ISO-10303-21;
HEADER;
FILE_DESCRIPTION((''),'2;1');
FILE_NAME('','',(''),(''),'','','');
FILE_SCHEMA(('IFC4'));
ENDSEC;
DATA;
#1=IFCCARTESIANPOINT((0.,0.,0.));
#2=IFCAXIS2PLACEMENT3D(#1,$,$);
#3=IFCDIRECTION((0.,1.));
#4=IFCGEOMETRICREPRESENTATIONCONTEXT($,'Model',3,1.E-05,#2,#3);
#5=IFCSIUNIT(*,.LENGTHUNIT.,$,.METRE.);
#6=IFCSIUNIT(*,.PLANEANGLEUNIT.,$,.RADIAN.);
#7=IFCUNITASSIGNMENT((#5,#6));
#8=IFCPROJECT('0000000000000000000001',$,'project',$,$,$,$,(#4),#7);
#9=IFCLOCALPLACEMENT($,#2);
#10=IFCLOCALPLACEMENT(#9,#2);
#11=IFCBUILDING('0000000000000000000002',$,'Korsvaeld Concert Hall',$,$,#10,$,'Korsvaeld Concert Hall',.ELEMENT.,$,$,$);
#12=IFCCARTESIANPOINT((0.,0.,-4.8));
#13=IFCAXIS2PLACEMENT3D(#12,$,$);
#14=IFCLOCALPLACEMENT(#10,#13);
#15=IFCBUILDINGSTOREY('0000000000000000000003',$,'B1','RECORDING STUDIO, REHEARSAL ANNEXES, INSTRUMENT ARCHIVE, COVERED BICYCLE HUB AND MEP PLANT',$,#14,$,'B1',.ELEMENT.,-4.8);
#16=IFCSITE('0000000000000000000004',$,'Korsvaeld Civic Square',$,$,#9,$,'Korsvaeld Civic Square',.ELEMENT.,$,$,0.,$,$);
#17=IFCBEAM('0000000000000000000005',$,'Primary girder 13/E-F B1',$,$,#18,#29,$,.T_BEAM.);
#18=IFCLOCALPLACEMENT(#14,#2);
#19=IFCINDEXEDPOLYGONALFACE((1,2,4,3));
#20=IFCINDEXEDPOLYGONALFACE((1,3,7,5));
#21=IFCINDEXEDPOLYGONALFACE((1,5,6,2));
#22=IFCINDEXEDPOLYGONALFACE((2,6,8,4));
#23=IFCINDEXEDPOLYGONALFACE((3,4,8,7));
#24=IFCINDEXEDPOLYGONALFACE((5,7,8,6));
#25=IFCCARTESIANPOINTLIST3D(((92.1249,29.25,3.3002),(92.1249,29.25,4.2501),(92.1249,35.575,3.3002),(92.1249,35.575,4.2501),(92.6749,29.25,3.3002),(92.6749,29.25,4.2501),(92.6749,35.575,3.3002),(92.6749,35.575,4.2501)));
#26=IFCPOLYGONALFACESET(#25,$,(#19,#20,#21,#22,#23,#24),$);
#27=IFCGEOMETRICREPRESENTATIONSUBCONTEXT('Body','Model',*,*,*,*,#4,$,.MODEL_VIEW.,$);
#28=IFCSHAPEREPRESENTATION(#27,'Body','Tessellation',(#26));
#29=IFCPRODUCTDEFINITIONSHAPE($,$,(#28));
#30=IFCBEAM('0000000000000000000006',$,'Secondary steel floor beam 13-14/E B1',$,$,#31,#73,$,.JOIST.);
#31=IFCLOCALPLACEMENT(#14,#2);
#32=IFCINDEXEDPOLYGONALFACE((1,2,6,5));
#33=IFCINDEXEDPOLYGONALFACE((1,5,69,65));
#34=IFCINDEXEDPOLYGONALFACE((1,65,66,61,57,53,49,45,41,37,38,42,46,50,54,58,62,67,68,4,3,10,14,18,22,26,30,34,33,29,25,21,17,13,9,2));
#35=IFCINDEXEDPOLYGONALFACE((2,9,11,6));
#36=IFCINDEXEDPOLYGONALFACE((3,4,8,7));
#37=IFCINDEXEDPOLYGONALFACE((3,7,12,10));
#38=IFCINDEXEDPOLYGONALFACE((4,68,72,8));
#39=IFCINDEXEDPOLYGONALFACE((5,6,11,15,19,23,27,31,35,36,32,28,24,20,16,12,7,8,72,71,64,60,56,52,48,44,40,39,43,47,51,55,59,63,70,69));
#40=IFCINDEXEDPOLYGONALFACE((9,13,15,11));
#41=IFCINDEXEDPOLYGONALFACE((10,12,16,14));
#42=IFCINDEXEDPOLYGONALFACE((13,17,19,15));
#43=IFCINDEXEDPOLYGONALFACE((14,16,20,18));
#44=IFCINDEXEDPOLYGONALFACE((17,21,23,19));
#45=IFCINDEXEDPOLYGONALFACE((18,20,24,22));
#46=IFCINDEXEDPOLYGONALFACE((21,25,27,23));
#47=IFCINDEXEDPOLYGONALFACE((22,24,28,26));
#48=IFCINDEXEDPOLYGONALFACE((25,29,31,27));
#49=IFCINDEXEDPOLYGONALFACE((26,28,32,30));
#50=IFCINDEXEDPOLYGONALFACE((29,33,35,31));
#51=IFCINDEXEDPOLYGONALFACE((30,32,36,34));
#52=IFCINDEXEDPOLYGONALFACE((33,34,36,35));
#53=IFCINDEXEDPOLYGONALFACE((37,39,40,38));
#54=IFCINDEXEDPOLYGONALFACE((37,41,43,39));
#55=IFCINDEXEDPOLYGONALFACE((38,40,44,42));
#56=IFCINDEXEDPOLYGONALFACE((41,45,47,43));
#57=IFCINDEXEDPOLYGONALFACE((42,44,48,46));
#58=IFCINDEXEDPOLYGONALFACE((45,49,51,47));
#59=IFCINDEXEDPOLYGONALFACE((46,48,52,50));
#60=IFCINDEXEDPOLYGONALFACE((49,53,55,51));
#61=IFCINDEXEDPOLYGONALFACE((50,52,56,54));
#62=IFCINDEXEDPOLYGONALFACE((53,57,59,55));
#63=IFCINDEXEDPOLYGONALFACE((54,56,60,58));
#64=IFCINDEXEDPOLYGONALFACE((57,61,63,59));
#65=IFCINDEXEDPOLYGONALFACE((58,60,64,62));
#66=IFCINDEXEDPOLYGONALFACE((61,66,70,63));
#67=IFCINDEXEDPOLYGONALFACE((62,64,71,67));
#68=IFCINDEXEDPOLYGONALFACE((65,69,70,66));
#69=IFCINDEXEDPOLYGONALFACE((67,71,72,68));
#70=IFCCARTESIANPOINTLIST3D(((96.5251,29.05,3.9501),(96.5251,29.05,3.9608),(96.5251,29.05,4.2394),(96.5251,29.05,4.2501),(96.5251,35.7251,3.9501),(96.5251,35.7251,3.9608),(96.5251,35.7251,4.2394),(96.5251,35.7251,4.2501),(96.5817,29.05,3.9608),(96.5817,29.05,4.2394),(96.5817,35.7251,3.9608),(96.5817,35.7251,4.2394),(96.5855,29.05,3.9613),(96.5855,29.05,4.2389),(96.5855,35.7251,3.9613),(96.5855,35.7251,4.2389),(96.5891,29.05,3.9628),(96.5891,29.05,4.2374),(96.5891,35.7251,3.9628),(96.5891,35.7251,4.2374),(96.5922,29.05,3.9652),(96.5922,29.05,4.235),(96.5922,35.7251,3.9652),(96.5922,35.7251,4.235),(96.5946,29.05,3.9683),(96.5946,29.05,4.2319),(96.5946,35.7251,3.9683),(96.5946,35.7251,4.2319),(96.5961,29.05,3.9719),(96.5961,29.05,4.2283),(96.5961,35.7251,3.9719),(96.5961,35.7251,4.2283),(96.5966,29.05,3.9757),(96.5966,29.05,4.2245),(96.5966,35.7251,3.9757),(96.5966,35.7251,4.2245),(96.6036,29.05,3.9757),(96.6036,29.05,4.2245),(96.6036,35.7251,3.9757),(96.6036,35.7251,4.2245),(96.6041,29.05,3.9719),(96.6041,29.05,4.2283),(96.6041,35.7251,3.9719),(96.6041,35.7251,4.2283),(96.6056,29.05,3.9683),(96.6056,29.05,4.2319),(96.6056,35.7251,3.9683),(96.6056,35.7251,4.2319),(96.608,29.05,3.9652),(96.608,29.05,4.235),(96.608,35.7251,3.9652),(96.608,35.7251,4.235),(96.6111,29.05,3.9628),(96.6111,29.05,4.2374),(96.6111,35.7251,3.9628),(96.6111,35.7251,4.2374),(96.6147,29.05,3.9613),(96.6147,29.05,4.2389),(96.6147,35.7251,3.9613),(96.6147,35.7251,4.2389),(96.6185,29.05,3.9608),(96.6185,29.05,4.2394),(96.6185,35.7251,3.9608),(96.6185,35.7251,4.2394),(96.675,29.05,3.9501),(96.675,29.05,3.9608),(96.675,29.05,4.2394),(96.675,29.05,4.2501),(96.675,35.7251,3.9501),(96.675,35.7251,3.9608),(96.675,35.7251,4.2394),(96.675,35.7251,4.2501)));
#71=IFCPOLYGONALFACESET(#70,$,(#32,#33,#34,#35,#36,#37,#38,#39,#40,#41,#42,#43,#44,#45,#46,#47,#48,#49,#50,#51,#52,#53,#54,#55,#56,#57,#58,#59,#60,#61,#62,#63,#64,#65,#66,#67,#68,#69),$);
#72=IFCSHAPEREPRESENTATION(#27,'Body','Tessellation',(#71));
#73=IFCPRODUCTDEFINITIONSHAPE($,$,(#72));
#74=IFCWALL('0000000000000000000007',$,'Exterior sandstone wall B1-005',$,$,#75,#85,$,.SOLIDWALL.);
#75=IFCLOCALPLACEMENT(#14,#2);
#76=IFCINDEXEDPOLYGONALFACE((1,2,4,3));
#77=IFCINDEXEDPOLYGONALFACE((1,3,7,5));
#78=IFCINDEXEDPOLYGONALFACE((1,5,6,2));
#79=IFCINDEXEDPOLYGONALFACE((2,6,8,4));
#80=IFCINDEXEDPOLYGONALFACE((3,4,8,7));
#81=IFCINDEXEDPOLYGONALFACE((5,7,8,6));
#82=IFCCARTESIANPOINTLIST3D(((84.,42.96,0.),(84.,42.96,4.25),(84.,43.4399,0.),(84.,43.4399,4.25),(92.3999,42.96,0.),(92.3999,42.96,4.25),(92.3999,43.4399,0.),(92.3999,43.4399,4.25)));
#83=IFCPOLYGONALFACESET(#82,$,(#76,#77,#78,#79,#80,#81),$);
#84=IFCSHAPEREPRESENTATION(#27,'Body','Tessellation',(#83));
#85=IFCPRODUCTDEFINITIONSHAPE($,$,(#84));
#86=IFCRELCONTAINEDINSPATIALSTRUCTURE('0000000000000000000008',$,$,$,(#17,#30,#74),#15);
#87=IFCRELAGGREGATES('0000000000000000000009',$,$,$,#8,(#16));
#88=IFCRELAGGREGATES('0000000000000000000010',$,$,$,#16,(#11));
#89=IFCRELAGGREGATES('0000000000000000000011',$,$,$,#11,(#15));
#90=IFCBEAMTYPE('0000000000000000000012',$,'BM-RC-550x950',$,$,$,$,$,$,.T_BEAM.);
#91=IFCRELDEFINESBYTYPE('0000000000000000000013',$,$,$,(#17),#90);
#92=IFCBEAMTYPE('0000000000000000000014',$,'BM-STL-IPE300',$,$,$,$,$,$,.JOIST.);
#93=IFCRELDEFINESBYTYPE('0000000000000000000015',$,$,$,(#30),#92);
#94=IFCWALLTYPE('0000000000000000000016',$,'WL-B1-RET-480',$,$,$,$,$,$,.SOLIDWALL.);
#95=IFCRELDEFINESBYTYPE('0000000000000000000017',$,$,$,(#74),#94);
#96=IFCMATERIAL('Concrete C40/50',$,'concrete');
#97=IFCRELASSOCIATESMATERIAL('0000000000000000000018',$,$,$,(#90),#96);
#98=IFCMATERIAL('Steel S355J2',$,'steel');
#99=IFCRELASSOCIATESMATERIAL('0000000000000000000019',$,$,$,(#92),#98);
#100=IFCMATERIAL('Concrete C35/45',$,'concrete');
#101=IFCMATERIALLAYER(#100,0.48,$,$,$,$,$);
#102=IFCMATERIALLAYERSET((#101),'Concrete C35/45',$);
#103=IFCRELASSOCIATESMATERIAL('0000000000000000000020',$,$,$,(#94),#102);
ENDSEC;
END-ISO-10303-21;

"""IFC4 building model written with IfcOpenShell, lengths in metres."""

from ifc_helpers import new_model, si_unit, direction, frame, frame_2d, origin, origin_2d, place, context, subcontext, project, spatial, rectangle, i_section, extrude, material, layer, layer_set, material_profile, profile_set, type_object, element, save


model = new_model("IFC4")

# Units and contexts
model_context = context("Model", 3, precision=1e-05, world=origin(), true_north=direction((0.0, 1.0)))
body_context = subcontext(model_context, "Body", "Model", "MODEL_VIEW")
ifc_project = project(units=[si_unit("LENGTHUNIT", "METRE"), si_unit("PLANEANGLEUNIT", "RADIAN")], contexts=[model_context])

# Site, building, storey
site_placement = place(None, origin())
site = spatial("IfcSite", under=ifc_project, at=site_placement, Name="Korsvaeld Civic Square", LongName="Korsvaeld Civic Square", CompositionType="ELEMENT", RefElevation=0.0)
building_placement = place(site_placement, origin())
building = spatial("IfcBuilding", under=site, at=building_placement, Name="Korsvaeld Concert Hall", LongName="Korsvaeld Concert Hall", CompositionType="ELEMENT")
storey_placement = place(building_placement, frame((0.0, 0.0, -4.8)))
storey = spatial("IfcBuildingStorey", under=building, at=storey_placement, Name="B1", Description="RECORDING STUDIO, REHEARSAL ANNEXES, INSTRUMENT ARCHIVE, COVERED BICYCLE HUB AND MEP PLANT", LongName="B1", CompositionType="ELEMENT", Elevation=-4.8)

# Shared definitions
ifc_material_1 = material(Name="Concrete C35/45", Category="concrete")

# Shared definitions
ifc_material_2 = material(Name="Concrete C40/50", Category="concrete")

# Beams
ifc_material_profile_1 = material_profile(ifc_material_2, rectangle(XDim=0.55, YDim=0.95, at=origin_2d()), Name="RC 550x950")
ifc_profile_set_1 = profile_set([ifc_material_profile_1], Name="Concrete C40/50")
beam_type_1 = type_object("IfcBeamType", Name="BM-RC-550x950", PredefinedType="T_BEAM", material=ifc_profile_set_1)
beam_1_placement = place(storey_placement, frame((92.3999, 29.25, 3.7751), z_axis=(0.0, 1.0, 0.0), x_axis=(-1.0, 0.0, 0.0)))
element("IfcBeam", 1, at=beam_1_placement, inside=storey, type_object=beam_type_1, Name="Primary girder 13/E-F B1", PredefinedType="T_BEAM", context=body_context, shape_type="SweptSolid", body=[
    extrude(rectangle(XDim=0.55, YDim=0.95, at=origin_2d()), origin(), (0.0, 0.0, 1.0), 6.325),
])
ifc_material_3 = material(Name="Steel S355J2", Category="steel")
ifc_material_profile_2 = material_profile(ifc_material_3, i_section(OverallWidth=0.1499, OverallDepth=0.3, WebThickness=0.0071, FlangeThickness=0.0107, FilletRadius=0.0149, at=origin_2d()), Name="IPE 300")
ifc_profile_set_2 = profile_set([ifc_material_profile_2], Name="Steel S355J2")
beam_type_2 = type_object("IfcBeamType", Name="BM-STL-IPE300", PredefinedType="JOIST", material=ifc_profile_set_2)
beam_2_placement = place(storey_placement, frame((96.6001, 29.05, 4.1001), z_axis=(0.0, 1.0, 0.0), x_axis=(-1.0, 0.0, 0.0)))
element("IfcBeam", 2, at=beam_2_placement, inside=storey, type_object=beam_type_2, Name="Secondary steel floor beam 13-14/E B1", PredefinedType="JOIST", context=body_context, shape_type="SweptSolid", body=[
    extrude(i_section(OverallWidth=0.1499, OverallDepth=0.3, WebThickness=0.0071, FlangeThickness=0.0107, FilletRadius=0.0149, at=origin_2d()), origin(), (0.0, 0.0, 1.0), 6.675),
])

# Wall
ifc_layer = layer(ifc_material_1, 0.48)
ifc_layer_set = layer_set([ifc_layer], Name="Concrete C35/45")
wall_type = type_object("IfcWallType", Name="WL-B1-RET-480", PredefinedType="SOLIDWALL", material=ifc_layer_set)
wall_placement = place(storey_placement, frame((92.3999, 43.2, 0.0), z_axis=(0.0, 0.0, 1.0), x_axis=(-1.0, 0.0, 0.0)))
element("IfcWall", 3, at=wall_placement, inside=storey, type_object=wall_type, Name="Exterior sandstone wall B1-005", PredefinedType="SOLIDWALL", context=body_context, shape_type="SweptSolid", body=[
    extrude(rectangle(XDim=8.3999, YDim=0.48, at=frame_2d((4.2, 0.0))), origin(), (0.0, 0.0, 1.0), 4.25),
])

save(model, "model.ifc")
